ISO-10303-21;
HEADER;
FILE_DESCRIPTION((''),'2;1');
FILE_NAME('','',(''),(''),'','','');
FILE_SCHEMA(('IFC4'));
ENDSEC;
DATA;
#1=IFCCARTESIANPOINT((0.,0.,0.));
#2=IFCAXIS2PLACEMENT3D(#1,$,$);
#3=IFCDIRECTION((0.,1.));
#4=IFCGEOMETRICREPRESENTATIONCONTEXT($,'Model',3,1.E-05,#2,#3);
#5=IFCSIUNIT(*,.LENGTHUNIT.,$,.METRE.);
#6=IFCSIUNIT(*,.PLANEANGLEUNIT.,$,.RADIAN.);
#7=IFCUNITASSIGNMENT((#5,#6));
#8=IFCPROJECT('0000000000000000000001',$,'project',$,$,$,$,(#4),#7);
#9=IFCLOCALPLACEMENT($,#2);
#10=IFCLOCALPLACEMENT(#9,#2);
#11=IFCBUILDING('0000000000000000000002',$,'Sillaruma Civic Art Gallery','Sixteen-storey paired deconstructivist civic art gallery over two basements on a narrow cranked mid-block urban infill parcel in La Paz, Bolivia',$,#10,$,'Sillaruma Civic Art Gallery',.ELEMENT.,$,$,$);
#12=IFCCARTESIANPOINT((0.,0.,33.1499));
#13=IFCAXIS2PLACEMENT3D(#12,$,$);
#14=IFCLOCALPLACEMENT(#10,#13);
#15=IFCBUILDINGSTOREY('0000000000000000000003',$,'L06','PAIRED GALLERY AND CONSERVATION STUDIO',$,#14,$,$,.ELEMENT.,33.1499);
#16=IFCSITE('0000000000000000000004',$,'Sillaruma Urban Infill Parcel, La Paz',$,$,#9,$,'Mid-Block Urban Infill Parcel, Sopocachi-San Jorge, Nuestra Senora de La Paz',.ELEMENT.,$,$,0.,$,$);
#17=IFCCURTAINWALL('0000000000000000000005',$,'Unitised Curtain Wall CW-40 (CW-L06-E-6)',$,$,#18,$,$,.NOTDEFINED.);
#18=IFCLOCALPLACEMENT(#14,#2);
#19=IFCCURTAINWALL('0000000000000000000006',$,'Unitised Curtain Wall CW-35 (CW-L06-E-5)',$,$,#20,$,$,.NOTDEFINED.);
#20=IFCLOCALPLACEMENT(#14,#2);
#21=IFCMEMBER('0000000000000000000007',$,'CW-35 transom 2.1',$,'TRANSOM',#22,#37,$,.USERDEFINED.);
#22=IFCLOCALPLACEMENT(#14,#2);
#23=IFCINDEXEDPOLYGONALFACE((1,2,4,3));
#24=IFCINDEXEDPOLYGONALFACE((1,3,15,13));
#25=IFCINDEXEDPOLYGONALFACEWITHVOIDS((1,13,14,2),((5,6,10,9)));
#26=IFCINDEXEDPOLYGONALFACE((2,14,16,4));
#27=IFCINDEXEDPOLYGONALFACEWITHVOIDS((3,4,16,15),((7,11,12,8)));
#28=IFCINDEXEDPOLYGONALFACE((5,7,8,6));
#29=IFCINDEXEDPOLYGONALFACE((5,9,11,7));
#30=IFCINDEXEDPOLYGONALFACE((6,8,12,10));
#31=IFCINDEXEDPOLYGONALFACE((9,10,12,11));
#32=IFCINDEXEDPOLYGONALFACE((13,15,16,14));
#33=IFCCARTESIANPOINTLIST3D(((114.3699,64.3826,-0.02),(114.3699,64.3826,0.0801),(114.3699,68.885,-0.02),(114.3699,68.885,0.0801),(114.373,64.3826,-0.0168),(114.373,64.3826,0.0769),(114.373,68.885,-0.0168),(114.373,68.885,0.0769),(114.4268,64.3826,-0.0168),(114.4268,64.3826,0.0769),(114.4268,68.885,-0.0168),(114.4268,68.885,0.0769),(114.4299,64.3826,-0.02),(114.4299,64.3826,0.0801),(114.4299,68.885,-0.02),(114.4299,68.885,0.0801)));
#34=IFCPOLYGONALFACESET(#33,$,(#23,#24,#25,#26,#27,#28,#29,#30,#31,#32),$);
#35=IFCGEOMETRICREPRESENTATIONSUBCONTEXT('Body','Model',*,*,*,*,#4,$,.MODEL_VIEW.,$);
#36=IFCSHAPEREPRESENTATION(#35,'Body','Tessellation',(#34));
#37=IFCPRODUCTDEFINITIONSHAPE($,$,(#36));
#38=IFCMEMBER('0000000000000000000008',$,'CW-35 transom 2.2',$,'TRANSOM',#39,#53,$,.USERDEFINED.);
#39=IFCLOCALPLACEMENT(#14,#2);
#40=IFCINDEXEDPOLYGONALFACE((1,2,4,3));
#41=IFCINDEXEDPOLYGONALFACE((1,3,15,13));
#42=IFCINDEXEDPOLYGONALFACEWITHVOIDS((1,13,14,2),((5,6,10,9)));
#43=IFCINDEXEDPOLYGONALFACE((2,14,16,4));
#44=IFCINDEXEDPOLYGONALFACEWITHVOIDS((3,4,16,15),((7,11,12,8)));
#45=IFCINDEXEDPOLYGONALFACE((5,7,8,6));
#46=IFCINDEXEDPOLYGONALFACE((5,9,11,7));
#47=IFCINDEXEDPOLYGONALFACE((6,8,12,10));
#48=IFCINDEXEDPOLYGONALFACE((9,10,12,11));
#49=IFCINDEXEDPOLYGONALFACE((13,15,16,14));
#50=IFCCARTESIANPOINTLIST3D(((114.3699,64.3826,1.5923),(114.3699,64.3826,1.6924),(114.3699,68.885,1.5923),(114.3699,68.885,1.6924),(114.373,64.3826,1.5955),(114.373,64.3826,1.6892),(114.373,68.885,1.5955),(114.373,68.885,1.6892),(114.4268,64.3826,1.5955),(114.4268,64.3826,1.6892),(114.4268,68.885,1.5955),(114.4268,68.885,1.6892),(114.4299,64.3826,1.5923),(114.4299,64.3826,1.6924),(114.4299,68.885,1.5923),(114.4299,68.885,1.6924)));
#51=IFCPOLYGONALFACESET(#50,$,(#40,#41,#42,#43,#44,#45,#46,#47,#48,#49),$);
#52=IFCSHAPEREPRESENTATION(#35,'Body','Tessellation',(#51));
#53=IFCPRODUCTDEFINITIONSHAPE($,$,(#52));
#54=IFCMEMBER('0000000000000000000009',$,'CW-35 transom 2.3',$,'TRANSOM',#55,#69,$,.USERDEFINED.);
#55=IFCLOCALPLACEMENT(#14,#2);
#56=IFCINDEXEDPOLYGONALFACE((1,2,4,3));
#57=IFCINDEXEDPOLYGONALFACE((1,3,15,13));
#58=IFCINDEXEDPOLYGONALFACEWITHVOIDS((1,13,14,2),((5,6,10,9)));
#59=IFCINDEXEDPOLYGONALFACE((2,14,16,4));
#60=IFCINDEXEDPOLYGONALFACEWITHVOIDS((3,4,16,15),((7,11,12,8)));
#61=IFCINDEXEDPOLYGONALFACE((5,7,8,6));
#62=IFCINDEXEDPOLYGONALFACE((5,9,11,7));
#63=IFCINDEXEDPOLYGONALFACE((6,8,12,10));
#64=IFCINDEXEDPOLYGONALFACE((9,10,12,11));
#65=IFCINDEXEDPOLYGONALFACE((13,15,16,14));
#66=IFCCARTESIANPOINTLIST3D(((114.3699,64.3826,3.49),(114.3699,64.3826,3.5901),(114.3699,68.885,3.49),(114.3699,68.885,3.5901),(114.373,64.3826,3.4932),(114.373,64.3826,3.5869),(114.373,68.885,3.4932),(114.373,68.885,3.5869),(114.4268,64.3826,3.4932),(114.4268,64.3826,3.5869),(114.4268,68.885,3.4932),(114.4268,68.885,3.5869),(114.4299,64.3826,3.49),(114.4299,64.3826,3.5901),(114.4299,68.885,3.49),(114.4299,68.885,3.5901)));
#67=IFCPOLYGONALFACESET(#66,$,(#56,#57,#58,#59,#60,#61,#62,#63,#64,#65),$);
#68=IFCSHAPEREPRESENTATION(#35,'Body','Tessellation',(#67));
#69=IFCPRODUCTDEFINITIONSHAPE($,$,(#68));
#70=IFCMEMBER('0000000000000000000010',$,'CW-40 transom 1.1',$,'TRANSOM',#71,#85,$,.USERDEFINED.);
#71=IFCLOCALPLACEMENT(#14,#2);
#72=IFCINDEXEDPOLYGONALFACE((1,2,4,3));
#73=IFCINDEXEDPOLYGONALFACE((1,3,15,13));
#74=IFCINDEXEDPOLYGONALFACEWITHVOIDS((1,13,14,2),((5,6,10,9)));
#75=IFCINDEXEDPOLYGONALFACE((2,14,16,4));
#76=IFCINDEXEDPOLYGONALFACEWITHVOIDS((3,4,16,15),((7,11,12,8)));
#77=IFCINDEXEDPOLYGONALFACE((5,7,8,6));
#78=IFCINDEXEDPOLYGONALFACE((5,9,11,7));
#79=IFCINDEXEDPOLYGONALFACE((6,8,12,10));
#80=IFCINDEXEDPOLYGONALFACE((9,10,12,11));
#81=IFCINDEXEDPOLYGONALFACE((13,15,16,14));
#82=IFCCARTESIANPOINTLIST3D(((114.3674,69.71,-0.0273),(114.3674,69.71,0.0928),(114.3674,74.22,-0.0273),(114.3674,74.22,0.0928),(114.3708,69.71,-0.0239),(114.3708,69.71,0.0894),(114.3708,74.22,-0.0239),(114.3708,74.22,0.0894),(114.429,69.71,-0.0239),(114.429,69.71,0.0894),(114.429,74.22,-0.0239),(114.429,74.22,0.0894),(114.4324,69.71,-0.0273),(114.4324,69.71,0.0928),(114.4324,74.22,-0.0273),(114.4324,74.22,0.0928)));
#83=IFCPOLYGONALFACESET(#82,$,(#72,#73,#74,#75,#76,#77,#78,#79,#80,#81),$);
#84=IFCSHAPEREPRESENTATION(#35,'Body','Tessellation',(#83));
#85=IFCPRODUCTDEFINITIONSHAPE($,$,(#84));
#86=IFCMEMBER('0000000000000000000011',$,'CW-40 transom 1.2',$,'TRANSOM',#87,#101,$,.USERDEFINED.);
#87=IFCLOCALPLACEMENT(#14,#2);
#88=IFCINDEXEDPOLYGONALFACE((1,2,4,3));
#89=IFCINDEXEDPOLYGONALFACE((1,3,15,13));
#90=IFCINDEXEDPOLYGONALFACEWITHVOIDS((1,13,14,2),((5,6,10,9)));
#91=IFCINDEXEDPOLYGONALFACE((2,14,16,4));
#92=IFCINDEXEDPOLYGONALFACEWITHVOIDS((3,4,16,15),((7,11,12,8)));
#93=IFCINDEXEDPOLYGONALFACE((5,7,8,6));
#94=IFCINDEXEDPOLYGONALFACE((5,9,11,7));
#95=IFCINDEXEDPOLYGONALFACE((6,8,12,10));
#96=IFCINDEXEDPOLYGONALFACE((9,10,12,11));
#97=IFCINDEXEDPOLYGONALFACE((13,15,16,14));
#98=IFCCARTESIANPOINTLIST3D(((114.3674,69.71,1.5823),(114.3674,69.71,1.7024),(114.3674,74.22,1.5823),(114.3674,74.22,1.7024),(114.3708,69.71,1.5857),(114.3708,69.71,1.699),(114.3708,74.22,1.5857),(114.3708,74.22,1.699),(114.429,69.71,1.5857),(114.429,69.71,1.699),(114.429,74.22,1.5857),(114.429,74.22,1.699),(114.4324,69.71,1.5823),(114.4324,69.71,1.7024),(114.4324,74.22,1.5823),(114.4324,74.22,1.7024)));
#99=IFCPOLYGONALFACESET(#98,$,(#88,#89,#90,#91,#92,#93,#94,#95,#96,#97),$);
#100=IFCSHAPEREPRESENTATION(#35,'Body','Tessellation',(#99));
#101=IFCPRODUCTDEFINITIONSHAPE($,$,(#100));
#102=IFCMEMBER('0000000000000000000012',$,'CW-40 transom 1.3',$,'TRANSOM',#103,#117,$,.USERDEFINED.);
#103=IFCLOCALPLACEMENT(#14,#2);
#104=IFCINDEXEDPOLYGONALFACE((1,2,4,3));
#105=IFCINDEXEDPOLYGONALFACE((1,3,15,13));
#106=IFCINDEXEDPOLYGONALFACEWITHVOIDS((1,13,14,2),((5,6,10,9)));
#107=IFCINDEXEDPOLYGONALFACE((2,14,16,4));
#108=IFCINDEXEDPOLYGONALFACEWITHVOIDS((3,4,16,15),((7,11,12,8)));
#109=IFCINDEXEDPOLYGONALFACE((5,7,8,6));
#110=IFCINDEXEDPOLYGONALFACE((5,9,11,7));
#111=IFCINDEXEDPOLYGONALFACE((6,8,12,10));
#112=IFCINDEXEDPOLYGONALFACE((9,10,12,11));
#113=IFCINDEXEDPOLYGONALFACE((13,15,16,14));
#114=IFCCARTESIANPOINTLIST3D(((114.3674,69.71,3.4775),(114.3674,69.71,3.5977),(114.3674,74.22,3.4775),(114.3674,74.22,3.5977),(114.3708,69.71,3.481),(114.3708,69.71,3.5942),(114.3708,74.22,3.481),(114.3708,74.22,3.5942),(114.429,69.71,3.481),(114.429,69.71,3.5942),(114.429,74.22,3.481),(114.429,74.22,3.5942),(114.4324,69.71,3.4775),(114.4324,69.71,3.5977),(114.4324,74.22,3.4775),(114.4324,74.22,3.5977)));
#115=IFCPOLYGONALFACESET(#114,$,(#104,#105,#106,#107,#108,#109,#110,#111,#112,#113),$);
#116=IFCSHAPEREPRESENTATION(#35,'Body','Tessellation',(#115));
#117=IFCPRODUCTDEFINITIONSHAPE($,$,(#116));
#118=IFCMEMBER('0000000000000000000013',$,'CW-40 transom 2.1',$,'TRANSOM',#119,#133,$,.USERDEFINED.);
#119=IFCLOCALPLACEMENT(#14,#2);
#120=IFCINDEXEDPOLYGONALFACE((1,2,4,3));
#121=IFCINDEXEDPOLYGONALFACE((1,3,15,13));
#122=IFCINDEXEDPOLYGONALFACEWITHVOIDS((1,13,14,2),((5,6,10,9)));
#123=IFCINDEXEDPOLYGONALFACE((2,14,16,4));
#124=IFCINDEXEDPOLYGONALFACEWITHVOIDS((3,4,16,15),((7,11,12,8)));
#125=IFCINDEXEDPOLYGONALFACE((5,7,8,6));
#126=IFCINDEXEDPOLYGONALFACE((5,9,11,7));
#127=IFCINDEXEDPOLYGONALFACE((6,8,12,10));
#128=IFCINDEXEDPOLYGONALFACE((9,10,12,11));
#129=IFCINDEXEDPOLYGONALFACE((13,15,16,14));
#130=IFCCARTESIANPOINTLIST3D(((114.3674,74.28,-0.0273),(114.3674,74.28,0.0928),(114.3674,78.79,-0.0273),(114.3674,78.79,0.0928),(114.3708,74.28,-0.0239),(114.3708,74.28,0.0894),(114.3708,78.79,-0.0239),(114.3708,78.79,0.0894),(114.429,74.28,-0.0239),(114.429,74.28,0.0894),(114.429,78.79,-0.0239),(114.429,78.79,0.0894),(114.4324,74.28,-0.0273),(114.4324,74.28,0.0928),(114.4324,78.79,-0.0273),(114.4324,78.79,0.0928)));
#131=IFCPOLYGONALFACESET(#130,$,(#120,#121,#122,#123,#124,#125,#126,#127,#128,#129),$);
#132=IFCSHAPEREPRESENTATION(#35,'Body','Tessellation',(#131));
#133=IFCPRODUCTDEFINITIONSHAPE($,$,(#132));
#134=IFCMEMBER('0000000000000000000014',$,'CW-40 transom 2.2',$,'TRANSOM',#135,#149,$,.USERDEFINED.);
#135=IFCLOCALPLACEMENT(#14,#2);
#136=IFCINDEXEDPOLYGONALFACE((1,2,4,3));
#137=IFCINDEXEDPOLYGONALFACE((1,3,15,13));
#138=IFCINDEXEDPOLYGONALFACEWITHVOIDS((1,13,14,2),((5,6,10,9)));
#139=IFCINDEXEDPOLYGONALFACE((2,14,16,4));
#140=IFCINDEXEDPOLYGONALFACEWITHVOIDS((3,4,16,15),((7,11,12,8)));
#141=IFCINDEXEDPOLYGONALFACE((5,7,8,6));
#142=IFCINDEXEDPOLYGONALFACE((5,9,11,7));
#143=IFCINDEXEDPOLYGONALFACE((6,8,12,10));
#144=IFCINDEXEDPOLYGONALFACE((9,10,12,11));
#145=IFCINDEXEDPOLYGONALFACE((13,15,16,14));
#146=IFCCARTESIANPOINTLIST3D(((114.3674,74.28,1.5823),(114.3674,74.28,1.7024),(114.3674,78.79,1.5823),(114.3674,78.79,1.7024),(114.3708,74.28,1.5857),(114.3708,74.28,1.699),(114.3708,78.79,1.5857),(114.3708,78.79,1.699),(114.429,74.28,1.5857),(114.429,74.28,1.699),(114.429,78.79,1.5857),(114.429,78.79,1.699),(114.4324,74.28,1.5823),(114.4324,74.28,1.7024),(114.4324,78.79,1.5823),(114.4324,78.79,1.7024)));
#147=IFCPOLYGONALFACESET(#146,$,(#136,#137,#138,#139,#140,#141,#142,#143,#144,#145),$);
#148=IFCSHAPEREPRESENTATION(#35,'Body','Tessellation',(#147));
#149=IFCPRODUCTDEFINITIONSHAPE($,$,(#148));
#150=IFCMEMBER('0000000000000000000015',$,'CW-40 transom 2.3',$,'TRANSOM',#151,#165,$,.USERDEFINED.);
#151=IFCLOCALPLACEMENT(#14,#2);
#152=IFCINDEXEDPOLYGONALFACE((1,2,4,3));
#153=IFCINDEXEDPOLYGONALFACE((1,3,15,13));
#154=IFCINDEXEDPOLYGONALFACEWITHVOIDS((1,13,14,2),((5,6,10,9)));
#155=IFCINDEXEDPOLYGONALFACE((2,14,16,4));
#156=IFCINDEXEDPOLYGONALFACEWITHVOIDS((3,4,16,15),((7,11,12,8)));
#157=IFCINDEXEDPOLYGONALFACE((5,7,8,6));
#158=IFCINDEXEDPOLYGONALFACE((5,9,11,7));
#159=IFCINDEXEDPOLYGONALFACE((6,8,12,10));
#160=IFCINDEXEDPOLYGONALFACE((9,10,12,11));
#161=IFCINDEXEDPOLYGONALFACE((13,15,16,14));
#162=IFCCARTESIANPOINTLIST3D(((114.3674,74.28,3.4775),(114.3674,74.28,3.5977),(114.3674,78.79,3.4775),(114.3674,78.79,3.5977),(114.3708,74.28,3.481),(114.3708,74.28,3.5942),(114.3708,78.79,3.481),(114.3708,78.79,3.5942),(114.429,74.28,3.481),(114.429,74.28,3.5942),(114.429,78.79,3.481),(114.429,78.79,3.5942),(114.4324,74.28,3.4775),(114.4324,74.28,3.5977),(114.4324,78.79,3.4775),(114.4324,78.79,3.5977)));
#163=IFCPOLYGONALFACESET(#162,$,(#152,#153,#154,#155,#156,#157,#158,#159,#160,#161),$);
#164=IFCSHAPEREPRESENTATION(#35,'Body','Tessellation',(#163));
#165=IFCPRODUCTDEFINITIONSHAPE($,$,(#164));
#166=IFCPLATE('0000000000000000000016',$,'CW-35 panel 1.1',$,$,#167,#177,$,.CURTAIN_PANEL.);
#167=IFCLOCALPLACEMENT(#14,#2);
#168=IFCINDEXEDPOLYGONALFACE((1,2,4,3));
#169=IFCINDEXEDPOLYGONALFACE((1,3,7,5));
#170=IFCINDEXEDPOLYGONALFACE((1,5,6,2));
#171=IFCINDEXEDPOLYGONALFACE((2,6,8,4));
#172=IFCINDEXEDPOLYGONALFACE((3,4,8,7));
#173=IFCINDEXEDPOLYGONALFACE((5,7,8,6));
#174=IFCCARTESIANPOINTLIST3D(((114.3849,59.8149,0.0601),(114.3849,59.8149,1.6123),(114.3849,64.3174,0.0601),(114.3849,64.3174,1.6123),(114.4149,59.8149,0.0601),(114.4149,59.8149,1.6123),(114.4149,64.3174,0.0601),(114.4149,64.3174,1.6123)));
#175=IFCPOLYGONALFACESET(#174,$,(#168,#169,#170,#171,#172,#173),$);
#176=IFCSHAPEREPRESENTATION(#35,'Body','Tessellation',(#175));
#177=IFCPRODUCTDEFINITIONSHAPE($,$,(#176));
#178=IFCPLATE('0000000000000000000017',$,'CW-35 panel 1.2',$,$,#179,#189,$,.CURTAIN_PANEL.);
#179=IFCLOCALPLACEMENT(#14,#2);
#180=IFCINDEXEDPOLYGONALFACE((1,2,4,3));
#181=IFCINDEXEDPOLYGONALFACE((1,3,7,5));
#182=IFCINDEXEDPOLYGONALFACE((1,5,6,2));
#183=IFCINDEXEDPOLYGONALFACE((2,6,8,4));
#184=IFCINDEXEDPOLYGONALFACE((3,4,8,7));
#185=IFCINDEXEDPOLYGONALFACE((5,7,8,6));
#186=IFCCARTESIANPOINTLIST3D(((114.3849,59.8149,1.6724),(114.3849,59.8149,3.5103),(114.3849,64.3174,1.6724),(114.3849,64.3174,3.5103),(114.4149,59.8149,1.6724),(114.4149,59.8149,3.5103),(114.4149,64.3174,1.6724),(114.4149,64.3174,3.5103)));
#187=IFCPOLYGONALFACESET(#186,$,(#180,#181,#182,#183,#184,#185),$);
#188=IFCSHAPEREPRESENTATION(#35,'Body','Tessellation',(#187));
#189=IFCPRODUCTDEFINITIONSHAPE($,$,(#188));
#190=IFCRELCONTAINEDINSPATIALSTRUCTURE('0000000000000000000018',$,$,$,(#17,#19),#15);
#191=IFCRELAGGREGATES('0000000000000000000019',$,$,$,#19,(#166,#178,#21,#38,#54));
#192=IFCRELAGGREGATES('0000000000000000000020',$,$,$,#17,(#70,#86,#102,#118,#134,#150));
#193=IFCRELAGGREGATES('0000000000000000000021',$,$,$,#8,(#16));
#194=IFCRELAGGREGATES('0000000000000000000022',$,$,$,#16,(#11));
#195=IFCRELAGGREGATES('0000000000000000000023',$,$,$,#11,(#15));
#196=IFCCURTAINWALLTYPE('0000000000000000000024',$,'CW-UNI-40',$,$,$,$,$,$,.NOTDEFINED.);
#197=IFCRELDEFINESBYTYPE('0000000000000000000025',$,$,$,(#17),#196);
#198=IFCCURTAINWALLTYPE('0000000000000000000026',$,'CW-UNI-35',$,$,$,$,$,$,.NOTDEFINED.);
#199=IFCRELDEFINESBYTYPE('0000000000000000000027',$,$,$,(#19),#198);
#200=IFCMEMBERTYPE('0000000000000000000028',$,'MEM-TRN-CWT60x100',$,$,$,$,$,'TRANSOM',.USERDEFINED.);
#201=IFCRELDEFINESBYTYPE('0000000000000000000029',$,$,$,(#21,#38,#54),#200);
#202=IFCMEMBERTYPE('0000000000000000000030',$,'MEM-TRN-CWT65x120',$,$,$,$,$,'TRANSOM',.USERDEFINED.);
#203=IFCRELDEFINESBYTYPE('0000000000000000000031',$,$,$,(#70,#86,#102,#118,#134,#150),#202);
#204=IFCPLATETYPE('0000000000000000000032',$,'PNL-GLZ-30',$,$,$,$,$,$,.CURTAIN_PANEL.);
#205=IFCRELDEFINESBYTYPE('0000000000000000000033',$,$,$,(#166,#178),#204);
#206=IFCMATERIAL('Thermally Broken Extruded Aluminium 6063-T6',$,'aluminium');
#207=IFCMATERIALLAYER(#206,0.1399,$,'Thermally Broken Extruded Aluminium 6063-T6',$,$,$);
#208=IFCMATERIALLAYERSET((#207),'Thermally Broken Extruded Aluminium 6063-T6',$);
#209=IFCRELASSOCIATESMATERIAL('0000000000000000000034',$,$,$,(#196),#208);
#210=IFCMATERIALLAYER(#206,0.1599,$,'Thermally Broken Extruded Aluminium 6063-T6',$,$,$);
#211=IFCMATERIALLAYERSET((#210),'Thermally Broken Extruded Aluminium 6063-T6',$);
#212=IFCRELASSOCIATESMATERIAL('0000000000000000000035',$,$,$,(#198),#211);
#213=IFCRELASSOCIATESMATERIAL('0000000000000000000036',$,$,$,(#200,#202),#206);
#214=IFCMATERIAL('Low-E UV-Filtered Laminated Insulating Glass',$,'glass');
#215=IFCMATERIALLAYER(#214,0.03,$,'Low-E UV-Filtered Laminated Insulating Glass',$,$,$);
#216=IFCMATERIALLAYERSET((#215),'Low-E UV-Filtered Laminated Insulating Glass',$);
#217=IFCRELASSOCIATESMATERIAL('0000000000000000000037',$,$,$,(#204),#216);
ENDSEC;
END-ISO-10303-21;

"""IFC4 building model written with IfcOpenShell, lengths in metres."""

from ifc_helpers import new_model, si_unit, direction, frame, origin, origin_2d, place, context, subcontext, project, spatial, rectangle, hollow_rectangle, extrude, material, layer, layer_set, material_profile, profile_set, type_object, element, aggregate, save


model = new_model("IFC4")

# Units and contexts
model_context = context("Model", 3, precision=1e-05, world=origin(), true_north=direction((0.0, 1.0)))
body_context = subcontext(model_context, "Body", "Model", "MODEL_VIEW")
ifc_project = project(units=[si_unit("LENGTHUNIT", "METRE"), si_unit("PLANEANGLEUNIT", "RADIAN")], contexts=[model_context])

# Site, building, storey
site_placement = place(None, origin())
site = spatial("IfcSite", under=ifc_project, at=site_placement, Name="Sillaruma Urban Infill Parcel, La Paz", LongName="Mid-Block Urban Infill Parcel, Sopocachi-San Jorge, Nuestra Senora de La Paz", CompositionType="ELEMENT", RefElevation=0.0)
building_placement = place(site_placement, origin())
building = spatial("IfcBuilding", under=site, at=building_placement, Name="Sillaruma Civic Art Gallery", Description="Sixteen-storey paired deconstructivist civic art gallery over two basements on a narrow cranked mid-block urban infill parcel in La Paz, Bolivia", LongName="Sillaruma Civic Art Gallery", CompositionType="ELEMENT")
storey_placement = place(building_placement, frame((0.0, 0.0, 33.1499)))
storey = spatial("IfcBuildingStorey", under=building, at=storey_placement, Name="L06", Description="PAIRED GALLERY AND CONSERVATION STUDIO", CompositionType="ELEMENT", Elevation=33.1499)

# Curtain walls
ifc_material_1 = material(Name="Thermally Broken Extruded Aluminium 6063-T6", Category="aluminium")
ifc_layer_1 = layer(ifc_material_1, 0.1399, Name="Thermally Broken Extruded Aluminium 6063-T6")
ifc_layer_set_1 = layer_set([ifc_layer_1], Name="Thermally Broken Extruded Aluminium 6063-T6")
curtain_wall_type_1 = type_object("IfcCurtainWallType", Name="CW-UNI-40", PredefinedType="NOTDEFINED", material=ifc_layer_set_1)
curtain_wall_1_placement = place(storey_placement, origin())
curtain_wall_1 = element("IfcCurtainWall", 1, at=curtain_wall_1_placement, inside=storey, type_object=curtain_wall_type_1, Name="Unitised Curtain Wall CW-40 (CW-L06-E-6)", PredefinedType="NOTDEFINED")
ifc_layer_2 = layer(ifc_material_1, 0.1599, Name="Thermally Broken Extruded Aluminium 6063-T6")
ifc_layer_set_2 = layer_set([ifc_layer_2], Name="Thermally Broken Extruded Aluminium 6063-T6")
curtain_wall_type_2 = type_object("IfcCurtainWallType", Name="CW-UNI-35", PredefinedType="NOTDEFINED", material=ifc_layer_set_2)
curtain_wall_2_placement = place(storey_placement, origin())
curtain_wall_2 = element("IfcCurtainWall", 2, at=curtain_wall_2_placement, inside=storey, type_object=curtain_wall_type_2, Name="Unitised Curtain Wall CW-35 (CW-L06-E-5)", PredefinedType="NOTDEFINED")

# Members
ifc_material_profile_1 = material_profile(ifc_material_1, hollow_rectangle(XDim=0.0601, YDim=0.1001, WallThickness=0.0032, at=origin_2d()), Name="CWT60x100")
ifc_profile_set_1 = profile_set([ifc_material_profile_1], Name="Thermally Broken Extruded Aluminium 6063-T6")
member_type_1 = type_object("IfcMemberType", Name="MEM-TRN-CWT60x100", ElementType="TRANSOM", PredefinedType="USERDEFINED", material=ifc_profile_set_1)
member_1_placement = place(storey_placement, frame((114.3999, 64.3826, 0.03), z_axis=(0.0, 1.0, 0.0), x_axis=(-1.0, 0.0, 0.0)))
member_1 = element("IfcMember", 3, at=member_1_placement, type_object=member_type_1, Name="CW-35 transom 2.1", ObjectType="TRANSOM", PredefinedType="USERDEFINED", context=body_context, shape_type="SweptSolid", body=[
    extrude(hollow_rectangle(XDim=0.0601, YDim=0.1001, WallThickness=0.0032, at=origin_2d()), origin(), (0.0, 0.0, 1.0), 4.5024),
])
member_2_placement = place(storey_placement, frame((114.3999, 64.3826, 1.6423), z_axis=(0.0, 1.0, 0.0), x_axis=(-1.0, 0.0, 0.0)))
member_2 = element("IfcMember", 4, at=member_2_placement, type_object=member_type_1, Name="CW-35 transom 2.2", ObjectType="TRANSOM", PredefinedType="USERDEFINED", context=body_context, shape_type="SweptSolid", body=[
    extrude(hollow_rectangle(XDim=0.0601, YDim=0.1001, WallThickness=0.0032, at=origin_2d()), origin(), (0.0, 0.0, 1.0), 4.5024),
])
member_3_placement = place(storey_placement, frame((114.3999, 64.3826, 3.54), z_axis=(0.0, 1.0, 0.0), x_axis=(-1.0, 0.0, 0.0)))
member_3 = element("IfcMember", 5, at=member_3_placement, type_object=member_type_1, Name="CW-35 transom 2.3", ObjectType="TRANSOM", PredefinedType="USERDEFINED", context=body_context, shape_type="SweptSolid", body=[
    extrude(hollow_rectangle(XDim=0.0601, YDim=0.1001, WallThickness=0.0032, at=origin_2d()), origin(), (0.0, 0.0, 1.0), 4.5024),
])
ifc_material_profile_2 = material_profile(ifc_material_1, hollow_rectangle(XDim=0.0649, YDim=0.1201, WallThickness=0.0034, at=origin_2d()), Name="CWT65x120")
ifc_profile_set_2 = profile_set([ifc_material_profile_2], Name="Thermally Broken Extruded Aluminium 6063-T6")
member_type_2 = type_object("IfcMemberType", Name="MEM-TRN-CWT65x120", ElementType="TRANSOM", PredefinedType="USERDEFINED", material=ifc_profile_set_2)
member_4_placement = place(storey_placement, frame((114.3999, 69.71, 0.0327), z_axis=(0.0, 1.0, 0.0), x_axis=(-1.0, 0.0, 0.0)))
member_4 = element("IfcMember", 6, at=member_4_placement, type_object=member_type_2, Name="CW-40 transom 1.1", ObjectType="TRANSOM", PredefinedType="USERDEFINED", context=body_context, shape_type="SweptSolid", body=[
    extrude(hollow_rectangle(XDim=0.0649, YDim=0.1201, WallThickness=0.0034, at=origin_2d()), origin(), (0.0, 0.0, 1.0), 4.51),
])
member_5_placement = place(storey_placement, frame((114.3999, 69.71, 1.6423), z_axis=(0.0, 1.0, 0.0), x_axis=(-1.0, 0.0, 0.0)))
member_5 = element("IfcMember", 7, at=member_5_placement, type_object=member_type_2, Name="CW-40 transom 1.2", ObjectType="TRANSOM", PredefinedType="USERDEFINED", context=body_context, shape_type="SweptSolid", body=[
    extrude(hollow_rectangle(XDim=0.0649, YDim=0.1201, WallThickness=0.0034, at=origin_2d()), origin(), (0.0, 0.0, 1.0), 4.51),
])
member_6_placement = place(storey_placement, frame((114.3999, 69.71, 3.5376), z_axis=(0.0, 1.0, 0.0), x_axis=(-1.0, 0.0, 0.0)))
member_6 = element("IfcMember", 8, at=member_6_placement, type_object=member_type_2, Name="CW-40 transom 1.3", ObjectType="TRANSOM", PredefinedType="USERDEFINED", context=body_context, shape_type="SweptSolid", body=[
    extrude(hollow_rectangle(XDim=0.0649, YDim=0.1201, WallThickness=0.0034, at=origin_2d()), origin(), (0.0, 0.0, 1.0), 4.51),
])
member_7_placement = place(storey_placement, frame((114.3999, 74.28, 0.0327), z_axis=(0.0, 1.0, 0.0), x_axis=(-1.0, 0.0, 0.0)))
member_7 = element("IfcMember", 9, at=member_7_placement, type_object=member_type_2, Name="CW-40 transom 2.1", ObjectType="TRANSOM", PredefinedType="USERDEFINED", context=body_context, shape_type="SweptSolid", body=[
    extrude(hollow_rectangle(XDim=0.0649, YDim=0.1201, WallThickness=0.0034, at=origin_2d()), origin(), (0.0, 0.0, 1.0), 4.51),
])
member_8_placement = place(storey_placement, frame((114.3999, 74.28, 1.6423), z_axis=(0.0, 1.0, 0.0), x_axis=(-1.0, 0.0, 0.0)))
member_8 = element("IfcMember", 10, at=member_8_placement, type_object=member_type_2, Name="CW-40 transom 2.2", ObjectType="TRANSOM", PredefinedType="USERDEFINED", context=body_context, shape_type="SweptSolid", body=[
    extrude(hollow_rectangle(XDim=0.0649, YDim=0.1201, WallThickness=0.0034, at=origin_2d()), origin(), (0.0, 0.0, 1.0), 4.51),
])
member_9_placement = place(storey_placement, frame((114.3999, 74.28, 3.5376), z_axis=(0.0, 1.0, 0.0), x_axis=(-1.0, 0.0, 0.0)))
member_9 = element("IfcMember", 11, at=member_9_placement, type_object=member_type_2, Name="CW-40 transom 2.3", ObjectType="TRANSOM", PredefinedType="USERDEFINED", context=body_context, shape_type="SweptSolid", body=[
    extrude(hollow_rectangle(XDim=0.0649, YDim=0.1201, WallThickness=0.0034, at=origin_2d()), origin(), (0.0, 0.0, 1.0), 4.51),
])

# Plates
ifc_material_2 = material(Name="Low-E UV-Filtered Laminated Insulating Glass", Category="glass")
ifc_layer_3 = layer(ifc_material_2, 0.03, Name="Low-E UV-Filtered Laminated Insulating Glass")
ifc_layer_set_3 = layer_set([ifc_layer_3], Name="Low-E UV-Filtered Laminated Insulating Glass")
plate_type_1 = type_object("IfcPlateType", Name="PNL-GLZ-30", PredefinedType="CURTAIN_PANEL", material=ifc_layer_set_3)
plate_1_placement = place(storey_placement, frame((114.3999, 62.0662, 0.0601), z_axis=(0.0, 0.0, 1.0), x_axis=(0.0, 1.0, 0.0)))
plate_1 = element("IfcPlate", 12, at=plate_1_placement, type_object=plate_type_1, Name="CW-35 panel 1.1", PredefinedType="CURTAIN_PANEL", context=body_context, shape_type="SweptSolid", body=[
    extrude(rectangle(XDim=4.5024, YDim=0.03, at=origin_2d()), origin(), (0.0, 0.0, 1.0), 1.5522),
])
plate_2_placement = place(storey_placement, frame((114.3999, 62.0662, 1.6724), z_axis=(0.0, 0.0, 1.0), x_axis=(0.0, 1.0, 0.0)))
plate_2 = element("IfcPlate", 13, at=plate_2_placement, type_object=plate_type_1, Name="CW-35 panel 1.2", PredefinedType="CURTAIN_PANEL", context=body_context, shape_type="SweptSolid", body=[
    extrude(rectangle(XDim=4.5024, YDim=0.03, at=origin_2d()), origin(), (0.0, 0.0, 1.0), 1.8379),
])
aggregate(curtain_wall_2, [plate_1, plate_2, member_1, member_2, member_3])
aggregate(curtain_wall_1, [member_4, member_5, member_6, member_7, member_8, member_9])

save(model, "model.ifc")
